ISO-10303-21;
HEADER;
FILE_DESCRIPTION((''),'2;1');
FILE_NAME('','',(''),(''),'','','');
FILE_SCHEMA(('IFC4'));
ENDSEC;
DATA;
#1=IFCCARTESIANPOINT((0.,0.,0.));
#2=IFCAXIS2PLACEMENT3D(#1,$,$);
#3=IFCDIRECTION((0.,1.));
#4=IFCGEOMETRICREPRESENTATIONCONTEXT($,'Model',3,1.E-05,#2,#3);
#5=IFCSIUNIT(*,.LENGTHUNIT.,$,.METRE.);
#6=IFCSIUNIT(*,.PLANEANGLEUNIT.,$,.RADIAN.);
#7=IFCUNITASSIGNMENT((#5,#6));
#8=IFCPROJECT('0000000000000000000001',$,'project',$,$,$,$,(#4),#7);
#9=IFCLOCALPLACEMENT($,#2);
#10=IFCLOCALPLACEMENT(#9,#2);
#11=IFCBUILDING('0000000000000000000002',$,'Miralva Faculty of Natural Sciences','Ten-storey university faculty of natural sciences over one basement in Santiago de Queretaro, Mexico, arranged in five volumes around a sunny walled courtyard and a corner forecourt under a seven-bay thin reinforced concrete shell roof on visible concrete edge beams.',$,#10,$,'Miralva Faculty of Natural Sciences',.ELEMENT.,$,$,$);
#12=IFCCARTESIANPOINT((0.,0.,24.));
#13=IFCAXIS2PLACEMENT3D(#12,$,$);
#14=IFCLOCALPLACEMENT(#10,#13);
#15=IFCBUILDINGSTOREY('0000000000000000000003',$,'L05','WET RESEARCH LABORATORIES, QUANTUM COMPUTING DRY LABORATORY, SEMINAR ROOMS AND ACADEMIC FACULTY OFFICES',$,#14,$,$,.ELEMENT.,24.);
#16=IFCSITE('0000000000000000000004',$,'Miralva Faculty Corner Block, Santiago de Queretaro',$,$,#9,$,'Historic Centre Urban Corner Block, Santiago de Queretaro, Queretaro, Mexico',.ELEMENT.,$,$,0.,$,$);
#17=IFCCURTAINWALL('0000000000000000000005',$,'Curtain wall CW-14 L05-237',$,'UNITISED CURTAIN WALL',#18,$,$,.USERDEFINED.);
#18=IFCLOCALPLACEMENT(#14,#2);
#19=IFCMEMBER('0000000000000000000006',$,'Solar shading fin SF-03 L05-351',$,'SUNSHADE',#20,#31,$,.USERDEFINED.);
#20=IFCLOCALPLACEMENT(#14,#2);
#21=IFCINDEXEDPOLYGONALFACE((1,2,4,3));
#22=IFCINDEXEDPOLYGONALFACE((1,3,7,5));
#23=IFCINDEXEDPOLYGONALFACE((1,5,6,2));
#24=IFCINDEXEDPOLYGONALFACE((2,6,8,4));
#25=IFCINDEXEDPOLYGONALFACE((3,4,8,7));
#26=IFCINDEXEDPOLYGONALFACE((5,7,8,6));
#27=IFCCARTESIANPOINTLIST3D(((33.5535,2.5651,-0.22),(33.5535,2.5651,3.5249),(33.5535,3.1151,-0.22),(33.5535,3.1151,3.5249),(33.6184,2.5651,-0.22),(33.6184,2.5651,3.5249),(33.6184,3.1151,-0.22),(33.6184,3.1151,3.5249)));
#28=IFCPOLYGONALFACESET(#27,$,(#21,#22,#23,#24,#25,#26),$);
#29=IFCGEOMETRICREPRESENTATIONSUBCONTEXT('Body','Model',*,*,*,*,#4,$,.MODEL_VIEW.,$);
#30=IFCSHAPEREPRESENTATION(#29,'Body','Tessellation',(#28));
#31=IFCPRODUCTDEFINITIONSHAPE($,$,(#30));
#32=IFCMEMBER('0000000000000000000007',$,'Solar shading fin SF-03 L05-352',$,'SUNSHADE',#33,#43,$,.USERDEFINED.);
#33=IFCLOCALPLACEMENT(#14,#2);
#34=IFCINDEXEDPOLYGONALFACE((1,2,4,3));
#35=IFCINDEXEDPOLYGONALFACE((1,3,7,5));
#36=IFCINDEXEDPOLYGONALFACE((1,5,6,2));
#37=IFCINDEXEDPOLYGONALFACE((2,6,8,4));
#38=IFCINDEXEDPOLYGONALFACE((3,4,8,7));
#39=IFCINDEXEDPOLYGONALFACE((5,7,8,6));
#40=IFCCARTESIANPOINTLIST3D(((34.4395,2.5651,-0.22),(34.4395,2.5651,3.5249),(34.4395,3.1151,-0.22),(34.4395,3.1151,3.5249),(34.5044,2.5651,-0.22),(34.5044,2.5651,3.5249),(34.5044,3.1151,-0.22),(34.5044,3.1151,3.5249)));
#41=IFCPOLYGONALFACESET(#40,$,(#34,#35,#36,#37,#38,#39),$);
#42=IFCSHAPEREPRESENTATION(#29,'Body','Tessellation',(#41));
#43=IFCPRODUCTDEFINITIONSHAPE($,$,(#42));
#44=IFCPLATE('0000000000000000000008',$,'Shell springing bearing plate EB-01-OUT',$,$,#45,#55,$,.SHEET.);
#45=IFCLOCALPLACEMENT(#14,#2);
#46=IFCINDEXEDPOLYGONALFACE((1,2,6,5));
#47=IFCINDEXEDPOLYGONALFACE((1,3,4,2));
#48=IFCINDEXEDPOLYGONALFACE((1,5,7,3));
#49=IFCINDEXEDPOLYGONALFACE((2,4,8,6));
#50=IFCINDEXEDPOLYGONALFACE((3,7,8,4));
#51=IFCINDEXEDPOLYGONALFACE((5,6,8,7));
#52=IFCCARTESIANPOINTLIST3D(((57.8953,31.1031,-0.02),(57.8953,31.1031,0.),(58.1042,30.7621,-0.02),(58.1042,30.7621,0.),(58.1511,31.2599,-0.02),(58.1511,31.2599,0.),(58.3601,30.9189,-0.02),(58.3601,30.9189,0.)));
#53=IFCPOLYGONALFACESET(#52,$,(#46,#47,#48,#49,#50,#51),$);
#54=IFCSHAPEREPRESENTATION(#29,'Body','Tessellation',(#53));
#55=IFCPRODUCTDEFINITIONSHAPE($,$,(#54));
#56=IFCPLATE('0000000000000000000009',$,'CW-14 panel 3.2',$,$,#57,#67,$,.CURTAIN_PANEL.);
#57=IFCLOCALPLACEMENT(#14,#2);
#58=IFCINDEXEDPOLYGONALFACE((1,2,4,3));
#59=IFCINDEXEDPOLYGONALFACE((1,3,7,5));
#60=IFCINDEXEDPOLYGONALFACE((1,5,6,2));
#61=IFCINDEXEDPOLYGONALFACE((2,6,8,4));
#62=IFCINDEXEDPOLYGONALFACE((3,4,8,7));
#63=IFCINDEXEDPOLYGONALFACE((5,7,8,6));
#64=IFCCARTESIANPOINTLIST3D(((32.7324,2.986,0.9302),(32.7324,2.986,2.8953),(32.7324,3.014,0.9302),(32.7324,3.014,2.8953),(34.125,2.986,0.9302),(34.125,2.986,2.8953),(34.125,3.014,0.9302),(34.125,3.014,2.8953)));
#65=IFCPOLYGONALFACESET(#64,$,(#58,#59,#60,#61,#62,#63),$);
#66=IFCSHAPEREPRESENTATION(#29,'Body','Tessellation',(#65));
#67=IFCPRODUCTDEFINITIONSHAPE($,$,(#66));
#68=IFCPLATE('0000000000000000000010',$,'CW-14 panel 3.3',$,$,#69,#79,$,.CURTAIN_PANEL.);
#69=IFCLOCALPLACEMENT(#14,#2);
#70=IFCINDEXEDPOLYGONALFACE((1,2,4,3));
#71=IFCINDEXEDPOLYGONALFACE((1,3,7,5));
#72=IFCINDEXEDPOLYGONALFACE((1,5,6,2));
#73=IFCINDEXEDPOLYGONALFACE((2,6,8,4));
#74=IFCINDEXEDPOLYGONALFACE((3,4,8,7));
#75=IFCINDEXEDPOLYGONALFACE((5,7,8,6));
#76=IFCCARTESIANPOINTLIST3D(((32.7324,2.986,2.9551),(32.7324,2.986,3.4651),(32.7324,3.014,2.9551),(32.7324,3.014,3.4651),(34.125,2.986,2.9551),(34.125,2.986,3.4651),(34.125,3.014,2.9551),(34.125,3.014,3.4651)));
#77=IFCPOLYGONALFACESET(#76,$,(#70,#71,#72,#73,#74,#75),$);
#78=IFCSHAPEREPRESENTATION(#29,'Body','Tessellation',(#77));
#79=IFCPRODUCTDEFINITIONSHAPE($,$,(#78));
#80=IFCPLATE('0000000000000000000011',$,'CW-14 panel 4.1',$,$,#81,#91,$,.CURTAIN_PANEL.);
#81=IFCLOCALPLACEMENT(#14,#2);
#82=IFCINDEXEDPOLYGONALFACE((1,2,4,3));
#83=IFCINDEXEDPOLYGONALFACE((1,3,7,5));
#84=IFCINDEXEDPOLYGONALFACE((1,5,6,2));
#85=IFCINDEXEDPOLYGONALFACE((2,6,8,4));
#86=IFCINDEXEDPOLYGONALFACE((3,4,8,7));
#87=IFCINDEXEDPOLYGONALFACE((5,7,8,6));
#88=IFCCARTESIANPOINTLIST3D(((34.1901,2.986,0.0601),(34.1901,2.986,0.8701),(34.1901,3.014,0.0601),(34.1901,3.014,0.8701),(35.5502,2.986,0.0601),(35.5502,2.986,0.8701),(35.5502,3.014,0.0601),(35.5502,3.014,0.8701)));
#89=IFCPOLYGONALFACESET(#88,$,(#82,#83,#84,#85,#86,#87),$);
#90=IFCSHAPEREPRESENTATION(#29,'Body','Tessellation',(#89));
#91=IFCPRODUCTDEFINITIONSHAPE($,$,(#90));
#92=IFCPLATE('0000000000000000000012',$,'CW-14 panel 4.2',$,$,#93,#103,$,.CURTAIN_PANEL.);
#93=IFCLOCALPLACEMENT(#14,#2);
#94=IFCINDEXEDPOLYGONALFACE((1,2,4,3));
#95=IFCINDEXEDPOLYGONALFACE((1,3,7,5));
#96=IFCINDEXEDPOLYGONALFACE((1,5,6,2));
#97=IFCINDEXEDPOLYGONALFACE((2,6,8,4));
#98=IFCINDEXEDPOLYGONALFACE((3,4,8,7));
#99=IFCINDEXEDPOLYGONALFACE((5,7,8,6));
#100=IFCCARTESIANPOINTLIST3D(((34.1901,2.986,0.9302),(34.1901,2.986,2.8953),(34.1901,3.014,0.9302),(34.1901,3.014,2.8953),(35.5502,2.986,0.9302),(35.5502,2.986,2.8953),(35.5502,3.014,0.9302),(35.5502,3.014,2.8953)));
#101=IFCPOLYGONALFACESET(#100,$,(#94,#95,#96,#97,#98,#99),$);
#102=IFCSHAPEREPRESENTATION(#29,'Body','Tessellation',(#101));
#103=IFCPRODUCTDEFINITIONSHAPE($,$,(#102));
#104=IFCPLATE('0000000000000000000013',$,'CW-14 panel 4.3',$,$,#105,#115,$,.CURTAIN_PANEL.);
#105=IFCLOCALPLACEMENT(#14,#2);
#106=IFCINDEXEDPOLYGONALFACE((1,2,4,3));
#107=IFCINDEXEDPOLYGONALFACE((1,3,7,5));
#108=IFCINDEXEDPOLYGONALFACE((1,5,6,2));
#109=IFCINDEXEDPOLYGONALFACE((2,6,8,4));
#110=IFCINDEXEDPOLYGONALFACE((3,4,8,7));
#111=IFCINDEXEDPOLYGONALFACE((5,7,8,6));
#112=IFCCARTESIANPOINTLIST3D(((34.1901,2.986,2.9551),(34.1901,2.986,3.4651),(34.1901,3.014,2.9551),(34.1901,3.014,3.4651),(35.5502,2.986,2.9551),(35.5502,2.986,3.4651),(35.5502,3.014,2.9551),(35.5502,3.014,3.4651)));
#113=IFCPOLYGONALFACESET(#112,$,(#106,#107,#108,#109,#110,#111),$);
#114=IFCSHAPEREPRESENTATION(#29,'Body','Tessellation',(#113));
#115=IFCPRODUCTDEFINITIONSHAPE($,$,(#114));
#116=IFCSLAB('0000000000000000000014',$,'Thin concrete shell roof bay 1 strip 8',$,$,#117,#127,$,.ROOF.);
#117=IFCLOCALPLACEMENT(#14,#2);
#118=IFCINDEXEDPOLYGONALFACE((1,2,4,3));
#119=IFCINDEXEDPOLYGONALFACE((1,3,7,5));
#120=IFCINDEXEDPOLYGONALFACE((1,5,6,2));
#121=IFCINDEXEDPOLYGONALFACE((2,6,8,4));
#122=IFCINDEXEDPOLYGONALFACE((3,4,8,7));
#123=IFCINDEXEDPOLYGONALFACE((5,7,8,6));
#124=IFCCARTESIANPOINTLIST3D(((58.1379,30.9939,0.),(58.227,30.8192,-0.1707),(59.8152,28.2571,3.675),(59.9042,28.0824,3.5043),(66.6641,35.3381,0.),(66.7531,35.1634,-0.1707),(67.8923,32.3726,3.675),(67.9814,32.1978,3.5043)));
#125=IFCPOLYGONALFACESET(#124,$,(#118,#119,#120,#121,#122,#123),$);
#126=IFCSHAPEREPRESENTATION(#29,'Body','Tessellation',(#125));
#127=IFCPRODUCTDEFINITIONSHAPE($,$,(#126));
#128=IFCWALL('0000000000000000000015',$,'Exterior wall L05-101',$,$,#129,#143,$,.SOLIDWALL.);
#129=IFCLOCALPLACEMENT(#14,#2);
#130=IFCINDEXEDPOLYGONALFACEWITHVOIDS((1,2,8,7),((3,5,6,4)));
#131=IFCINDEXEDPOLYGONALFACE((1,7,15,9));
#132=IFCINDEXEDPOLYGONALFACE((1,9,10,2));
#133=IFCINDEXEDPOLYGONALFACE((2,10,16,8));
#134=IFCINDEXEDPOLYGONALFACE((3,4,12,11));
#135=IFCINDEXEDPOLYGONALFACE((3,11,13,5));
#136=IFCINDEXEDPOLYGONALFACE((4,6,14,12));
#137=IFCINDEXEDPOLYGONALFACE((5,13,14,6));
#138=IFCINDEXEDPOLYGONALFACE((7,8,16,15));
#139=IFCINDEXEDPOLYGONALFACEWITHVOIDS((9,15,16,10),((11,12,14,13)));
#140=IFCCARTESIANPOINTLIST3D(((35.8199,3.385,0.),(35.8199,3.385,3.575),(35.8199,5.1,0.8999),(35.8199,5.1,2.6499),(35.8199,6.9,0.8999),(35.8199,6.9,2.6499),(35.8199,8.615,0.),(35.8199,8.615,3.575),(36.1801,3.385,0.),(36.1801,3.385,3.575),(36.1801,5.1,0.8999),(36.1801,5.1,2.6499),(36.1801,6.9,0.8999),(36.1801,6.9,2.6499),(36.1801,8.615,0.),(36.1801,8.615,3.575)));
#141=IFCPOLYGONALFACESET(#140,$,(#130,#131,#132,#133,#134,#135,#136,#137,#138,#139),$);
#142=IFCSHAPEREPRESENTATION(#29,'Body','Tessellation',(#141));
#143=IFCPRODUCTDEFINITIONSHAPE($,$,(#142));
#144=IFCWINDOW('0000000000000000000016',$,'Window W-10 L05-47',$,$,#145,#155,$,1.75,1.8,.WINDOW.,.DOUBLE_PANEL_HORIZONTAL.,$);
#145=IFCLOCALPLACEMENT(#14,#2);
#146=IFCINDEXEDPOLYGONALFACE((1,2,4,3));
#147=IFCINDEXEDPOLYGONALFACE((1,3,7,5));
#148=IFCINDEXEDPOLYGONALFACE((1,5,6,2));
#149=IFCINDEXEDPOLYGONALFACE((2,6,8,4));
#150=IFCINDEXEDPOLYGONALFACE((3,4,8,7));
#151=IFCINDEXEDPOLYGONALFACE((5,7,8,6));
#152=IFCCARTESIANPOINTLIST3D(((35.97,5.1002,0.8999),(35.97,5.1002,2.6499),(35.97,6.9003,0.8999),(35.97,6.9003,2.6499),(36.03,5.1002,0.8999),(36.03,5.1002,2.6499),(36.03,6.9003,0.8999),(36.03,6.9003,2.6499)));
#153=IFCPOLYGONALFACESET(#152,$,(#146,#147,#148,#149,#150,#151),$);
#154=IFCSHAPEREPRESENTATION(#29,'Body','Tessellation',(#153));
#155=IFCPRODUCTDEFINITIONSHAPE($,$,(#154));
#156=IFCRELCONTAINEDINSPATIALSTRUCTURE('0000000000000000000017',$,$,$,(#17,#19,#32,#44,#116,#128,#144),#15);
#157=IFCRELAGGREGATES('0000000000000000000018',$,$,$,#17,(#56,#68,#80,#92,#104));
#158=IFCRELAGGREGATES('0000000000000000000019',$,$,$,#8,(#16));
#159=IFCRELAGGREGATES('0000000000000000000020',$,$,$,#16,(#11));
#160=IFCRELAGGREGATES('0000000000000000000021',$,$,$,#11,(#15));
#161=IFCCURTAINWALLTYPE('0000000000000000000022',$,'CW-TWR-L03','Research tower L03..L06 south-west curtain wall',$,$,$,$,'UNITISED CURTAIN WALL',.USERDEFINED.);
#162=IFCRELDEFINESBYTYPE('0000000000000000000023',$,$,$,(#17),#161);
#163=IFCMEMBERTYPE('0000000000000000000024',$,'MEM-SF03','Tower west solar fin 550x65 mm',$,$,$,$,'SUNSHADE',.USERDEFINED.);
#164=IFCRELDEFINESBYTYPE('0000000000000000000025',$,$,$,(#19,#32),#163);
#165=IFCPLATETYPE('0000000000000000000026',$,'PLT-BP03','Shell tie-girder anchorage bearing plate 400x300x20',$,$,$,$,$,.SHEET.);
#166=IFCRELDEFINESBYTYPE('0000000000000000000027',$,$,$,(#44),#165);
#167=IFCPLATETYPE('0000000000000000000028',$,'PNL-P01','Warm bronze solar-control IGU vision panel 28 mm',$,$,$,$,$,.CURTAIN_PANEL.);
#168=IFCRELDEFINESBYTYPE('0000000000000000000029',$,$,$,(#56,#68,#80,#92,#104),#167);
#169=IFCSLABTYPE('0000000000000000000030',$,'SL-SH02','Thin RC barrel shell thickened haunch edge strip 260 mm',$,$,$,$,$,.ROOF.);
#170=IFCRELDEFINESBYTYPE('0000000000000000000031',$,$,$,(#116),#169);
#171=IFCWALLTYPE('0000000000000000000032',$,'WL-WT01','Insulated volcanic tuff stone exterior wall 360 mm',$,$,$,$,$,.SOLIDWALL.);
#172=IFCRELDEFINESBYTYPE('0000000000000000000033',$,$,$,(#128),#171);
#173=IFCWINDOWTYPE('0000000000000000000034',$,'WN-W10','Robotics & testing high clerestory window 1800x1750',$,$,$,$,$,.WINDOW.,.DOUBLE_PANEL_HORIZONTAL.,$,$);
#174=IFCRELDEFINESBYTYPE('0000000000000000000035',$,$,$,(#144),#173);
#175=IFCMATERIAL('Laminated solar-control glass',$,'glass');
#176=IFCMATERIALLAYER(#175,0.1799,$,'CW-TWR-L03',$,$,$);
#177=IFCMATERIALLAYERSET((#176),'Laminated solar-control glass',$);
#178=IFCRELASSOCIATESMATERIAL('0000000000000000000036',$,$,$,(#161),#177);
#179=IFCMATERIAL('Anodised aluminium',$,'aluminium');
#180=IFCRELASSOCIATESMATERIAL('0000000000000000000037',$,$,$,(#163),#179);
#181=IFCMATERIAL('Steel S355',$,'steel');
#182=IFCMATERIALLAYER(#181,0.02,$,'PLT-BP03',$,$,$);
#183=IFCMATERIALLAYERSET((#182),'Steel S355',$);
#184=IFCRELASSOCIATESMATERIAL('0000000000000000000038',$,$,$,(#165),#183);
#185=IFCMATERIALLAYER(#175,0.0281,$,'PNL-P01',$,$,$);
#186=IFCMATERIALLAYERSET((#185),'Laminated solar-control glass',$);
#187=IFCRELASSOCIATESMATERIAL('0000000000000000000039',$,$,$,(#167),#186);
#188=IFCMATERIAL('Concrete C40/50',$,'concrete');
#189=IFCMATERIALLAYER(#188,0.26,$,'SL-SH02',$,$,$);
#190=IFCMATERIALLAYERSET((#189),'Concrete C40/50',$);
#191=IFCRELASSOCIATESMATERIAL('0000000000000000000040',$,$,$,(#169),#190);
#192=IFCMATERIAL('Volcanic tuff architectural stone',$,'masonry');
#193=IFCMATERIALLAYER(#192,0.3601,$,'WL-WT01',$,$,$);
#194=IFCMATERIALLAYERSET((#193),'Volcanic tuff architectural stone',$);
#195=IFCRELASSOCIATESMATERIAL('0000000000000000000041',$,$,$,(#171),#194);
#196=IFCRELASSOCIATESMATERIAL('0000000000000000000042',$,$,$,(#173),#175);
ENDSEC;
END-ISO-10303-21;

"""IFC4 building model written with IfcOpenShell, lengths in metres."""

from ifc_helpers import new_model, si_unit, direction, frame, frame_2d, origin, origin_2d, place, context, subcontext, project, spatial, polyline, rectangle, outline, extrude, material, layer, layer_set, material_profile, profile_set, type_object, element, fill, aggregate, save


model = new_model("IFC4")

# Units and contexts
model_context = context("Model", 3, precision=1e-05, world=origin(), true_north=direction((0.0, 1.0)))
body_context = subcontext(model_context, "Body", "Model", "MODEL_VIEW")
ifc_project = project(units=[si_unit("LENGTHUNIT", "METRE"), si_unit("PLANEANGLEUNIT", "RADIAN")], contexts=[model_context])

# Site, building, storey
site_placement = place(None, origin())
site = spatial("IfcSite", under=ifc_project, at=site_placement, Name="Miralva Faculty Corner Block, Santiago de Queretaro", LongName="Historic Centre Urban Corner Block, Santiago de Queretaro, Queretaro, Mexico", CompositionType="ELEMENT", RefElevation=0.0)
building_placement = place(site_placement, origin())
building = spatial("IfcBuilding", under=site, at=building_placement, Name="Miralva Faculty of Natural Sciences", Description="Ten-storey university faculty of natural sciences over one basement in Santiago de Queretaro, Mexico, arranged in five volumes around a sunny walled courtyard and a corner forecourt under a seven-bay thin reinforced concrete shell roof on visible concrete edge beams.", LongName="Miralva Faculty of Natural Sciences", CompositionType="ELEMENT")
storey_placement = place(building_placement, frame((0.0, 0.0, 24.0)))
storey = spatial("IfcBuildingStorey", under=building, at=storey_placement, Name="L05", Description="WET RESEARCH LABORATORIES, QUANTUM COMPUTING DRY LABORATORY, SEMINAR ROOMS AND ACADEMIC FACULTY OFFICES", CompositionType="ELEMENT", Elevation=24.0)

# Shared definitions
ifc_material_1 = material(Name="Concrete C40/50", Category="concrete")

# Curtain wall
ifc_material_2 = material(Name="Laminated solar-control glass", Category="glass")
ifc_layer_1 = layer(ifc_material_2, 0.1799, Name="CW-TWR-L03")
ifc_layer_set_1 = layer_set([ifc_layer_1], Name="Laminated solar-control glass")
curtain_wall_type = type_object("IfcCurtainWallType", Name="CW-TWR-L03", Description="Research tower L03..L06 south-west curtain wall", ElementType="UNITISED CURTAIN WALL", PredefinedType="USERDEFINED", material=ifc_layer_set_1)
curtain_wall_placement = place(storey_placement, origin())
curtain_wall = element("IfcCurtainWall", 1, at=curtain_wall_placement, inside=storey, type_object=curtain_wall_type, Name="Curtain wall CW-14 L05-237", ObjectType="UNITISED CURTAIN WALL", PredefinedType="USERDEFINED")
ifc_material_3 = material(Name="Anodised aluminium", Category="aluminium")

# Members
ifc_material_profile_1 = material_profile(ifc_material_3, rectangle(XDim=0.0649, YDim=0.55, at=origin_2d()), Name="FIN 550x65")
ifc_profile_set_1 = profile_set([ifc_material_profile_1], Name="Anodised aluminium")
member_type_1 = type_object("IfcMemberType", Name="MEM-SF03", Description="Tower west solar fin 550x65 mm", ElementType="SUNSHADE", PredefinedType="USERDEFINED", material=ifc_profile_set_1)
for number, where, z_axis, x_axis, name in (
    (2, (33.5859, 2.8401, -0.22), (0.0, 0.0, 1.0), (1.0, 0.0, 0.0), "Solar shading fin SF-03 L05-351"),
    (3, (34.4719, 2.8401, -0.22), (0.0, 0.0, 1.0), (1.0, 0.0, 0.0), "Solar shading fin SF-03 L05-352"),
):
    element("IfcMember", number, at=place(storey_placement, frame(where, z_axis=z_axis, x_axis=x_axis)), inside=storey, type_object=member_type_1, Name=name, ObjectType="SUNSHADE", PredefinedType="USERDEFINED", context=body_context, shape_type="SweptSolid", body=[
        extrude(rectangle(XDim=0.0649, YDim=0.55, at=origin_2d()), origin(), (0.0, 0.0, 1.0), 3.7449),
    ])

# Plates
ifc_material_4 = material(Name="Steel S355", Category="steel")
ifc_layer_2 = layer(ifc_material_4, 0.02, Name="PLT-BP03")
ifc_layer_set_2 = layer_set([ifc_layer_2], Name="Steel S355")
plate_type_1 = type_object("IfcPlateType", Name="PLT-BP03", Description="Shell tie-girder anchorage bearing plate 400x300x20", PredefinedType="SHEET", material=ifc_layer_set_2)
plate_1_placement = place(storey_placement, frame((58.1277, 31.011, -0.02), z_axis=(0.0, 0.0, 1.0), x_axis=(-0.522499, 0.85264, 0.0)))
element("IfcPlate", 4, at=plate_1_placement, inside=storey, type_object=plate_type_1, Name="Shell springing bearing plate EB-01-OUT", PredefinedType="SHEET", context=body_context, shape_type="SweptSolid", body=[
    extrude(rectangle(XDim=0.3999, YDim=0.3, at=origin_2d()), origin(), (0.0, 0.0, 1.0), 0.02),
])
ifc_layer_3 = layer(ifc_material_2, 0.0281, Name="PNL-P01")
ifc_layer_set_3 = layer_set([ifc_layer_3], Name="Laminated solar-control glass")
plate_type_2 = type_object("IfcPlateType", Name="PNL-P01", Description="Warm bronze solar-control IGU vision panel 28 mm", PredefinedType="CURTAIN_PANEL", material=ifc_layer_set_3)
plate_2_placement = place(storey_placement, frame((33.4287, 3.0, 0.9302), z_axis=(0.0, 0.0, 1.0), x_axis=(1.0, 0.0, 0.0)))
plate_2 = element("IfcPlate", 5, at=plate_2_placement, type_object=plate_type_2, Name="CW-14 panel 3.2", PredefinedType="CURTAIN_PANEL", context=body_context, shape_type="SweptSolid", body=[
    extrude(rectangle(XDim=1.3926, YDim=0.0281, at=origin_2d()), origin(), (0.0, 0.0, 1.0), 1.9651),
])
plate_3_placement = place(storey_placement, frame((33.4287, 3.0, 2.9551), z_axis=(0.0, 0.0, 1.0), x_axis=(1.0, 0.0, 0.0)))
plate_3 = element("IfcPlate", 6, at=plate_3_placement, type_object=plate_type_2, Name="CW-14 panel 3.3", PredefinedType="CURTAIN_PANEL", context=body_context, shape_type="SweptSolid", body=[
    extrude(rectangle(XDim=1.3926, YDim=0.0281, at=origin_2d()), origin(), (0.0, 0.0, 1.0), 0.51),
])
plate_4_placement = place(storey_placement, frame((34.8701, 3.0, 0.0601), z_axis=(0.0, 0.0, 1.0), x_axis=(1.0, 0.0, 0.0)))
plate_4 = element("IfcPlate", 7, at=plate_4_placement, type_object=plate_type_2, Name="CW-14 panel 4.1", PredefinedType="CURTAIN_PANEL", context=body_context, shape_type="SweptSolid", body=[
    extrude(rectangle(XDim=1.3601, YDim=0.0281, at=origin_2d()), origin(), (0.0, 0.0, 1.0), 0.8101),
])
plate_5_placement = place(storey_placement, frame((34.8701, 3.0, 0.9302), z_axis=(0.0, 0.0, 1.0), x_axis=(1.0, 0.0, 0.0)))
plate_5 = element("IfcPlate", 8, at=plate_5_placement, type_object=plate_type_2, Name="CW-14 panel 4.2", PredefinedType="CURTAIN_PANEL", context=body_context, shape_type="SweptSolid", body=[
    extrude(rectangle(XDim=1.3601, YDim=0.0281, at=origin_2d()), origin(), (0.0, 0.0, 1.0), 1.9651),
])
plate_6_placement = place(storey_placement, frame((34.8701, 3.0, 2.9551), z_axis=(0.0, 0.0, 1.0), x_axis=(1.0, 0.0, 0.0)))
plate_6 = element("IfcPlate", 9, at=plate_6_placement, type_object=plate_type_2, Name="CW-14 panel 4.3", PredefinedType="CURTAIN_PANEL", context=body_context, shape_type="SweptSolid", body=[
    extrude(rectangle(XDim=1.3601, YDim=0.0281, at=origin_2d()), origin(), (0.0, 0.0, 1.0), 0.51),
])
aggregate(curtain_wall, [plate_2, plate_3, plate_4, plate_5, plate_6])

# Slab
ifc_layer_4 = layer(ifc_material_1, 0.26, Name="SL-SH02")
ifc_layer_set_4 = layer_set([ifc_layer_4], Name="Concrete C40/50")
slab_type = type_object("IfcSlabType", Name="SL-SH02", Description="Thin RC barrel shell thickened haunch edge strip 260 mm", PredefinedType="ROOF", material=ifc_layer_set_4)
slab_placement = place(storey_placement, frame((59.8152, 28.2571, 3.675), z_axis=(-0.342384, 0.671972, 0.656679), x_axis=(0.891008, 0.453987, 0.0)))
element("IfcSlab", 10, at=slab_placement, inside=storey, type_object=slab_type, Name="Thin concrete shell roof bay 1 strip 8", PredefinedType="ROOF", context=body_context, shape_type="SweptSolid", body=[
    extrude(outline(polyline([(0.0, 0.0), (9.0652, 0.0), (9.3171, 4.873), (-0.252, 4.873), (0.0, 0.0)])), origin(), (0.0, 0.0, -1.0), 0.26),
])

# Wall, opening, window
ifc_material_5 = material(Name="Volcanic tuff architectural stone", Category="masonry")
ifc_layer_5 = layer(ifc_material_5, 0.3601, Name="WL-WT01")
ifc_layer_set_5 = layer_set([ifc_layer_5], Name="Volcanic tuff architectural stone")
wall_type = type_object("IfcWallType", Name="WL-WT01", Description="Insulated volcanic tuff stone exterior wall 360 mm", PredefinedType="SOLIDWALL", material=ifc_layer_set_5)
wall_1_placement = place(storey_placement, frame((36.0, 3.385, 0.0), z_axis=(0.0, 0.0, 1.0), x_axis=(0.0, 1.0, 0.0)))
wall_1 = element("IfcWall", 11, at=wall_1_placement, inside=storey, type_object=wall_type, Name="Exterior wall L05-101", PredefinedType="SOLIDWALL", context=body_context, shape_type="SweptSolid", body=[
    extrude(rectangle(XDim=5.23, YDim=0.3601, at=frame_2d((2.615, 0.0))), origin(), (0.0, 0.0, 1.0), 3.575),
])
opening_1_placement = place(wall_1_placement, frame((1.7151, 0.0, 0.8999)))
opening_1 = element("IfcOpeningElement", 12, at=opening_1_placement, cuts=wall_1, PredefinedType="OPENING", context=body_context, shape_type="SweptSolid", body=[
    extrude(rectangle(XDim=1.8, YDim=1.75, at=frame_2d((0.8999, 0.875))), frame((0.0, 0.1899, 0.0), z_axis=(0.0, -1.0, 0.0), x_axis=(1.0, 0.0, 0.0)), (0.0, 0.0, 1.0), 0.3801),
])
window_type_1 = type_object("IfcWindowType", Name="WN-W10", Description="Robotics & testing high clerestory window 1800x1750", PartitioningType="DOUBLE_PANEL_HORIZONTAL", PredefinedType="WINDOW", material=ifc_material_2)
window_1_placement = place(opening_1_placement, frame((1.8, 0.0, 0.0), z_axis=(0.0, 0.0, 1.0), x_axis=(-1.0, 0.0, 0.0)))
window_1 = element("IfcWindow", 13, at=window_1_placement, inside=storey, type_object=window_type_1, Name="Window W-10 L05-47", OverallHeight=1.75, OverallWidth=1.8, PartitioningType="DOUBLE_PANEL_HORIZONTAL", PredefinedType="WINDOW", context=body_context, shape_type="SweptSolid", body=[
    extrude(rectangle(XDim=1.8, YDim=1.75, at=frame_2d((0.8999, 0.875))), frame((0.0, 0.03, 0.0), z_axis=(0.0, -1.0, 0.0), x_axis=(1.0, 0.0, 0.0)), (0.0, 0.0, 1.0), 0.0601),
])
fill(opening_1, window_1)

save(model, "model.ifc")
